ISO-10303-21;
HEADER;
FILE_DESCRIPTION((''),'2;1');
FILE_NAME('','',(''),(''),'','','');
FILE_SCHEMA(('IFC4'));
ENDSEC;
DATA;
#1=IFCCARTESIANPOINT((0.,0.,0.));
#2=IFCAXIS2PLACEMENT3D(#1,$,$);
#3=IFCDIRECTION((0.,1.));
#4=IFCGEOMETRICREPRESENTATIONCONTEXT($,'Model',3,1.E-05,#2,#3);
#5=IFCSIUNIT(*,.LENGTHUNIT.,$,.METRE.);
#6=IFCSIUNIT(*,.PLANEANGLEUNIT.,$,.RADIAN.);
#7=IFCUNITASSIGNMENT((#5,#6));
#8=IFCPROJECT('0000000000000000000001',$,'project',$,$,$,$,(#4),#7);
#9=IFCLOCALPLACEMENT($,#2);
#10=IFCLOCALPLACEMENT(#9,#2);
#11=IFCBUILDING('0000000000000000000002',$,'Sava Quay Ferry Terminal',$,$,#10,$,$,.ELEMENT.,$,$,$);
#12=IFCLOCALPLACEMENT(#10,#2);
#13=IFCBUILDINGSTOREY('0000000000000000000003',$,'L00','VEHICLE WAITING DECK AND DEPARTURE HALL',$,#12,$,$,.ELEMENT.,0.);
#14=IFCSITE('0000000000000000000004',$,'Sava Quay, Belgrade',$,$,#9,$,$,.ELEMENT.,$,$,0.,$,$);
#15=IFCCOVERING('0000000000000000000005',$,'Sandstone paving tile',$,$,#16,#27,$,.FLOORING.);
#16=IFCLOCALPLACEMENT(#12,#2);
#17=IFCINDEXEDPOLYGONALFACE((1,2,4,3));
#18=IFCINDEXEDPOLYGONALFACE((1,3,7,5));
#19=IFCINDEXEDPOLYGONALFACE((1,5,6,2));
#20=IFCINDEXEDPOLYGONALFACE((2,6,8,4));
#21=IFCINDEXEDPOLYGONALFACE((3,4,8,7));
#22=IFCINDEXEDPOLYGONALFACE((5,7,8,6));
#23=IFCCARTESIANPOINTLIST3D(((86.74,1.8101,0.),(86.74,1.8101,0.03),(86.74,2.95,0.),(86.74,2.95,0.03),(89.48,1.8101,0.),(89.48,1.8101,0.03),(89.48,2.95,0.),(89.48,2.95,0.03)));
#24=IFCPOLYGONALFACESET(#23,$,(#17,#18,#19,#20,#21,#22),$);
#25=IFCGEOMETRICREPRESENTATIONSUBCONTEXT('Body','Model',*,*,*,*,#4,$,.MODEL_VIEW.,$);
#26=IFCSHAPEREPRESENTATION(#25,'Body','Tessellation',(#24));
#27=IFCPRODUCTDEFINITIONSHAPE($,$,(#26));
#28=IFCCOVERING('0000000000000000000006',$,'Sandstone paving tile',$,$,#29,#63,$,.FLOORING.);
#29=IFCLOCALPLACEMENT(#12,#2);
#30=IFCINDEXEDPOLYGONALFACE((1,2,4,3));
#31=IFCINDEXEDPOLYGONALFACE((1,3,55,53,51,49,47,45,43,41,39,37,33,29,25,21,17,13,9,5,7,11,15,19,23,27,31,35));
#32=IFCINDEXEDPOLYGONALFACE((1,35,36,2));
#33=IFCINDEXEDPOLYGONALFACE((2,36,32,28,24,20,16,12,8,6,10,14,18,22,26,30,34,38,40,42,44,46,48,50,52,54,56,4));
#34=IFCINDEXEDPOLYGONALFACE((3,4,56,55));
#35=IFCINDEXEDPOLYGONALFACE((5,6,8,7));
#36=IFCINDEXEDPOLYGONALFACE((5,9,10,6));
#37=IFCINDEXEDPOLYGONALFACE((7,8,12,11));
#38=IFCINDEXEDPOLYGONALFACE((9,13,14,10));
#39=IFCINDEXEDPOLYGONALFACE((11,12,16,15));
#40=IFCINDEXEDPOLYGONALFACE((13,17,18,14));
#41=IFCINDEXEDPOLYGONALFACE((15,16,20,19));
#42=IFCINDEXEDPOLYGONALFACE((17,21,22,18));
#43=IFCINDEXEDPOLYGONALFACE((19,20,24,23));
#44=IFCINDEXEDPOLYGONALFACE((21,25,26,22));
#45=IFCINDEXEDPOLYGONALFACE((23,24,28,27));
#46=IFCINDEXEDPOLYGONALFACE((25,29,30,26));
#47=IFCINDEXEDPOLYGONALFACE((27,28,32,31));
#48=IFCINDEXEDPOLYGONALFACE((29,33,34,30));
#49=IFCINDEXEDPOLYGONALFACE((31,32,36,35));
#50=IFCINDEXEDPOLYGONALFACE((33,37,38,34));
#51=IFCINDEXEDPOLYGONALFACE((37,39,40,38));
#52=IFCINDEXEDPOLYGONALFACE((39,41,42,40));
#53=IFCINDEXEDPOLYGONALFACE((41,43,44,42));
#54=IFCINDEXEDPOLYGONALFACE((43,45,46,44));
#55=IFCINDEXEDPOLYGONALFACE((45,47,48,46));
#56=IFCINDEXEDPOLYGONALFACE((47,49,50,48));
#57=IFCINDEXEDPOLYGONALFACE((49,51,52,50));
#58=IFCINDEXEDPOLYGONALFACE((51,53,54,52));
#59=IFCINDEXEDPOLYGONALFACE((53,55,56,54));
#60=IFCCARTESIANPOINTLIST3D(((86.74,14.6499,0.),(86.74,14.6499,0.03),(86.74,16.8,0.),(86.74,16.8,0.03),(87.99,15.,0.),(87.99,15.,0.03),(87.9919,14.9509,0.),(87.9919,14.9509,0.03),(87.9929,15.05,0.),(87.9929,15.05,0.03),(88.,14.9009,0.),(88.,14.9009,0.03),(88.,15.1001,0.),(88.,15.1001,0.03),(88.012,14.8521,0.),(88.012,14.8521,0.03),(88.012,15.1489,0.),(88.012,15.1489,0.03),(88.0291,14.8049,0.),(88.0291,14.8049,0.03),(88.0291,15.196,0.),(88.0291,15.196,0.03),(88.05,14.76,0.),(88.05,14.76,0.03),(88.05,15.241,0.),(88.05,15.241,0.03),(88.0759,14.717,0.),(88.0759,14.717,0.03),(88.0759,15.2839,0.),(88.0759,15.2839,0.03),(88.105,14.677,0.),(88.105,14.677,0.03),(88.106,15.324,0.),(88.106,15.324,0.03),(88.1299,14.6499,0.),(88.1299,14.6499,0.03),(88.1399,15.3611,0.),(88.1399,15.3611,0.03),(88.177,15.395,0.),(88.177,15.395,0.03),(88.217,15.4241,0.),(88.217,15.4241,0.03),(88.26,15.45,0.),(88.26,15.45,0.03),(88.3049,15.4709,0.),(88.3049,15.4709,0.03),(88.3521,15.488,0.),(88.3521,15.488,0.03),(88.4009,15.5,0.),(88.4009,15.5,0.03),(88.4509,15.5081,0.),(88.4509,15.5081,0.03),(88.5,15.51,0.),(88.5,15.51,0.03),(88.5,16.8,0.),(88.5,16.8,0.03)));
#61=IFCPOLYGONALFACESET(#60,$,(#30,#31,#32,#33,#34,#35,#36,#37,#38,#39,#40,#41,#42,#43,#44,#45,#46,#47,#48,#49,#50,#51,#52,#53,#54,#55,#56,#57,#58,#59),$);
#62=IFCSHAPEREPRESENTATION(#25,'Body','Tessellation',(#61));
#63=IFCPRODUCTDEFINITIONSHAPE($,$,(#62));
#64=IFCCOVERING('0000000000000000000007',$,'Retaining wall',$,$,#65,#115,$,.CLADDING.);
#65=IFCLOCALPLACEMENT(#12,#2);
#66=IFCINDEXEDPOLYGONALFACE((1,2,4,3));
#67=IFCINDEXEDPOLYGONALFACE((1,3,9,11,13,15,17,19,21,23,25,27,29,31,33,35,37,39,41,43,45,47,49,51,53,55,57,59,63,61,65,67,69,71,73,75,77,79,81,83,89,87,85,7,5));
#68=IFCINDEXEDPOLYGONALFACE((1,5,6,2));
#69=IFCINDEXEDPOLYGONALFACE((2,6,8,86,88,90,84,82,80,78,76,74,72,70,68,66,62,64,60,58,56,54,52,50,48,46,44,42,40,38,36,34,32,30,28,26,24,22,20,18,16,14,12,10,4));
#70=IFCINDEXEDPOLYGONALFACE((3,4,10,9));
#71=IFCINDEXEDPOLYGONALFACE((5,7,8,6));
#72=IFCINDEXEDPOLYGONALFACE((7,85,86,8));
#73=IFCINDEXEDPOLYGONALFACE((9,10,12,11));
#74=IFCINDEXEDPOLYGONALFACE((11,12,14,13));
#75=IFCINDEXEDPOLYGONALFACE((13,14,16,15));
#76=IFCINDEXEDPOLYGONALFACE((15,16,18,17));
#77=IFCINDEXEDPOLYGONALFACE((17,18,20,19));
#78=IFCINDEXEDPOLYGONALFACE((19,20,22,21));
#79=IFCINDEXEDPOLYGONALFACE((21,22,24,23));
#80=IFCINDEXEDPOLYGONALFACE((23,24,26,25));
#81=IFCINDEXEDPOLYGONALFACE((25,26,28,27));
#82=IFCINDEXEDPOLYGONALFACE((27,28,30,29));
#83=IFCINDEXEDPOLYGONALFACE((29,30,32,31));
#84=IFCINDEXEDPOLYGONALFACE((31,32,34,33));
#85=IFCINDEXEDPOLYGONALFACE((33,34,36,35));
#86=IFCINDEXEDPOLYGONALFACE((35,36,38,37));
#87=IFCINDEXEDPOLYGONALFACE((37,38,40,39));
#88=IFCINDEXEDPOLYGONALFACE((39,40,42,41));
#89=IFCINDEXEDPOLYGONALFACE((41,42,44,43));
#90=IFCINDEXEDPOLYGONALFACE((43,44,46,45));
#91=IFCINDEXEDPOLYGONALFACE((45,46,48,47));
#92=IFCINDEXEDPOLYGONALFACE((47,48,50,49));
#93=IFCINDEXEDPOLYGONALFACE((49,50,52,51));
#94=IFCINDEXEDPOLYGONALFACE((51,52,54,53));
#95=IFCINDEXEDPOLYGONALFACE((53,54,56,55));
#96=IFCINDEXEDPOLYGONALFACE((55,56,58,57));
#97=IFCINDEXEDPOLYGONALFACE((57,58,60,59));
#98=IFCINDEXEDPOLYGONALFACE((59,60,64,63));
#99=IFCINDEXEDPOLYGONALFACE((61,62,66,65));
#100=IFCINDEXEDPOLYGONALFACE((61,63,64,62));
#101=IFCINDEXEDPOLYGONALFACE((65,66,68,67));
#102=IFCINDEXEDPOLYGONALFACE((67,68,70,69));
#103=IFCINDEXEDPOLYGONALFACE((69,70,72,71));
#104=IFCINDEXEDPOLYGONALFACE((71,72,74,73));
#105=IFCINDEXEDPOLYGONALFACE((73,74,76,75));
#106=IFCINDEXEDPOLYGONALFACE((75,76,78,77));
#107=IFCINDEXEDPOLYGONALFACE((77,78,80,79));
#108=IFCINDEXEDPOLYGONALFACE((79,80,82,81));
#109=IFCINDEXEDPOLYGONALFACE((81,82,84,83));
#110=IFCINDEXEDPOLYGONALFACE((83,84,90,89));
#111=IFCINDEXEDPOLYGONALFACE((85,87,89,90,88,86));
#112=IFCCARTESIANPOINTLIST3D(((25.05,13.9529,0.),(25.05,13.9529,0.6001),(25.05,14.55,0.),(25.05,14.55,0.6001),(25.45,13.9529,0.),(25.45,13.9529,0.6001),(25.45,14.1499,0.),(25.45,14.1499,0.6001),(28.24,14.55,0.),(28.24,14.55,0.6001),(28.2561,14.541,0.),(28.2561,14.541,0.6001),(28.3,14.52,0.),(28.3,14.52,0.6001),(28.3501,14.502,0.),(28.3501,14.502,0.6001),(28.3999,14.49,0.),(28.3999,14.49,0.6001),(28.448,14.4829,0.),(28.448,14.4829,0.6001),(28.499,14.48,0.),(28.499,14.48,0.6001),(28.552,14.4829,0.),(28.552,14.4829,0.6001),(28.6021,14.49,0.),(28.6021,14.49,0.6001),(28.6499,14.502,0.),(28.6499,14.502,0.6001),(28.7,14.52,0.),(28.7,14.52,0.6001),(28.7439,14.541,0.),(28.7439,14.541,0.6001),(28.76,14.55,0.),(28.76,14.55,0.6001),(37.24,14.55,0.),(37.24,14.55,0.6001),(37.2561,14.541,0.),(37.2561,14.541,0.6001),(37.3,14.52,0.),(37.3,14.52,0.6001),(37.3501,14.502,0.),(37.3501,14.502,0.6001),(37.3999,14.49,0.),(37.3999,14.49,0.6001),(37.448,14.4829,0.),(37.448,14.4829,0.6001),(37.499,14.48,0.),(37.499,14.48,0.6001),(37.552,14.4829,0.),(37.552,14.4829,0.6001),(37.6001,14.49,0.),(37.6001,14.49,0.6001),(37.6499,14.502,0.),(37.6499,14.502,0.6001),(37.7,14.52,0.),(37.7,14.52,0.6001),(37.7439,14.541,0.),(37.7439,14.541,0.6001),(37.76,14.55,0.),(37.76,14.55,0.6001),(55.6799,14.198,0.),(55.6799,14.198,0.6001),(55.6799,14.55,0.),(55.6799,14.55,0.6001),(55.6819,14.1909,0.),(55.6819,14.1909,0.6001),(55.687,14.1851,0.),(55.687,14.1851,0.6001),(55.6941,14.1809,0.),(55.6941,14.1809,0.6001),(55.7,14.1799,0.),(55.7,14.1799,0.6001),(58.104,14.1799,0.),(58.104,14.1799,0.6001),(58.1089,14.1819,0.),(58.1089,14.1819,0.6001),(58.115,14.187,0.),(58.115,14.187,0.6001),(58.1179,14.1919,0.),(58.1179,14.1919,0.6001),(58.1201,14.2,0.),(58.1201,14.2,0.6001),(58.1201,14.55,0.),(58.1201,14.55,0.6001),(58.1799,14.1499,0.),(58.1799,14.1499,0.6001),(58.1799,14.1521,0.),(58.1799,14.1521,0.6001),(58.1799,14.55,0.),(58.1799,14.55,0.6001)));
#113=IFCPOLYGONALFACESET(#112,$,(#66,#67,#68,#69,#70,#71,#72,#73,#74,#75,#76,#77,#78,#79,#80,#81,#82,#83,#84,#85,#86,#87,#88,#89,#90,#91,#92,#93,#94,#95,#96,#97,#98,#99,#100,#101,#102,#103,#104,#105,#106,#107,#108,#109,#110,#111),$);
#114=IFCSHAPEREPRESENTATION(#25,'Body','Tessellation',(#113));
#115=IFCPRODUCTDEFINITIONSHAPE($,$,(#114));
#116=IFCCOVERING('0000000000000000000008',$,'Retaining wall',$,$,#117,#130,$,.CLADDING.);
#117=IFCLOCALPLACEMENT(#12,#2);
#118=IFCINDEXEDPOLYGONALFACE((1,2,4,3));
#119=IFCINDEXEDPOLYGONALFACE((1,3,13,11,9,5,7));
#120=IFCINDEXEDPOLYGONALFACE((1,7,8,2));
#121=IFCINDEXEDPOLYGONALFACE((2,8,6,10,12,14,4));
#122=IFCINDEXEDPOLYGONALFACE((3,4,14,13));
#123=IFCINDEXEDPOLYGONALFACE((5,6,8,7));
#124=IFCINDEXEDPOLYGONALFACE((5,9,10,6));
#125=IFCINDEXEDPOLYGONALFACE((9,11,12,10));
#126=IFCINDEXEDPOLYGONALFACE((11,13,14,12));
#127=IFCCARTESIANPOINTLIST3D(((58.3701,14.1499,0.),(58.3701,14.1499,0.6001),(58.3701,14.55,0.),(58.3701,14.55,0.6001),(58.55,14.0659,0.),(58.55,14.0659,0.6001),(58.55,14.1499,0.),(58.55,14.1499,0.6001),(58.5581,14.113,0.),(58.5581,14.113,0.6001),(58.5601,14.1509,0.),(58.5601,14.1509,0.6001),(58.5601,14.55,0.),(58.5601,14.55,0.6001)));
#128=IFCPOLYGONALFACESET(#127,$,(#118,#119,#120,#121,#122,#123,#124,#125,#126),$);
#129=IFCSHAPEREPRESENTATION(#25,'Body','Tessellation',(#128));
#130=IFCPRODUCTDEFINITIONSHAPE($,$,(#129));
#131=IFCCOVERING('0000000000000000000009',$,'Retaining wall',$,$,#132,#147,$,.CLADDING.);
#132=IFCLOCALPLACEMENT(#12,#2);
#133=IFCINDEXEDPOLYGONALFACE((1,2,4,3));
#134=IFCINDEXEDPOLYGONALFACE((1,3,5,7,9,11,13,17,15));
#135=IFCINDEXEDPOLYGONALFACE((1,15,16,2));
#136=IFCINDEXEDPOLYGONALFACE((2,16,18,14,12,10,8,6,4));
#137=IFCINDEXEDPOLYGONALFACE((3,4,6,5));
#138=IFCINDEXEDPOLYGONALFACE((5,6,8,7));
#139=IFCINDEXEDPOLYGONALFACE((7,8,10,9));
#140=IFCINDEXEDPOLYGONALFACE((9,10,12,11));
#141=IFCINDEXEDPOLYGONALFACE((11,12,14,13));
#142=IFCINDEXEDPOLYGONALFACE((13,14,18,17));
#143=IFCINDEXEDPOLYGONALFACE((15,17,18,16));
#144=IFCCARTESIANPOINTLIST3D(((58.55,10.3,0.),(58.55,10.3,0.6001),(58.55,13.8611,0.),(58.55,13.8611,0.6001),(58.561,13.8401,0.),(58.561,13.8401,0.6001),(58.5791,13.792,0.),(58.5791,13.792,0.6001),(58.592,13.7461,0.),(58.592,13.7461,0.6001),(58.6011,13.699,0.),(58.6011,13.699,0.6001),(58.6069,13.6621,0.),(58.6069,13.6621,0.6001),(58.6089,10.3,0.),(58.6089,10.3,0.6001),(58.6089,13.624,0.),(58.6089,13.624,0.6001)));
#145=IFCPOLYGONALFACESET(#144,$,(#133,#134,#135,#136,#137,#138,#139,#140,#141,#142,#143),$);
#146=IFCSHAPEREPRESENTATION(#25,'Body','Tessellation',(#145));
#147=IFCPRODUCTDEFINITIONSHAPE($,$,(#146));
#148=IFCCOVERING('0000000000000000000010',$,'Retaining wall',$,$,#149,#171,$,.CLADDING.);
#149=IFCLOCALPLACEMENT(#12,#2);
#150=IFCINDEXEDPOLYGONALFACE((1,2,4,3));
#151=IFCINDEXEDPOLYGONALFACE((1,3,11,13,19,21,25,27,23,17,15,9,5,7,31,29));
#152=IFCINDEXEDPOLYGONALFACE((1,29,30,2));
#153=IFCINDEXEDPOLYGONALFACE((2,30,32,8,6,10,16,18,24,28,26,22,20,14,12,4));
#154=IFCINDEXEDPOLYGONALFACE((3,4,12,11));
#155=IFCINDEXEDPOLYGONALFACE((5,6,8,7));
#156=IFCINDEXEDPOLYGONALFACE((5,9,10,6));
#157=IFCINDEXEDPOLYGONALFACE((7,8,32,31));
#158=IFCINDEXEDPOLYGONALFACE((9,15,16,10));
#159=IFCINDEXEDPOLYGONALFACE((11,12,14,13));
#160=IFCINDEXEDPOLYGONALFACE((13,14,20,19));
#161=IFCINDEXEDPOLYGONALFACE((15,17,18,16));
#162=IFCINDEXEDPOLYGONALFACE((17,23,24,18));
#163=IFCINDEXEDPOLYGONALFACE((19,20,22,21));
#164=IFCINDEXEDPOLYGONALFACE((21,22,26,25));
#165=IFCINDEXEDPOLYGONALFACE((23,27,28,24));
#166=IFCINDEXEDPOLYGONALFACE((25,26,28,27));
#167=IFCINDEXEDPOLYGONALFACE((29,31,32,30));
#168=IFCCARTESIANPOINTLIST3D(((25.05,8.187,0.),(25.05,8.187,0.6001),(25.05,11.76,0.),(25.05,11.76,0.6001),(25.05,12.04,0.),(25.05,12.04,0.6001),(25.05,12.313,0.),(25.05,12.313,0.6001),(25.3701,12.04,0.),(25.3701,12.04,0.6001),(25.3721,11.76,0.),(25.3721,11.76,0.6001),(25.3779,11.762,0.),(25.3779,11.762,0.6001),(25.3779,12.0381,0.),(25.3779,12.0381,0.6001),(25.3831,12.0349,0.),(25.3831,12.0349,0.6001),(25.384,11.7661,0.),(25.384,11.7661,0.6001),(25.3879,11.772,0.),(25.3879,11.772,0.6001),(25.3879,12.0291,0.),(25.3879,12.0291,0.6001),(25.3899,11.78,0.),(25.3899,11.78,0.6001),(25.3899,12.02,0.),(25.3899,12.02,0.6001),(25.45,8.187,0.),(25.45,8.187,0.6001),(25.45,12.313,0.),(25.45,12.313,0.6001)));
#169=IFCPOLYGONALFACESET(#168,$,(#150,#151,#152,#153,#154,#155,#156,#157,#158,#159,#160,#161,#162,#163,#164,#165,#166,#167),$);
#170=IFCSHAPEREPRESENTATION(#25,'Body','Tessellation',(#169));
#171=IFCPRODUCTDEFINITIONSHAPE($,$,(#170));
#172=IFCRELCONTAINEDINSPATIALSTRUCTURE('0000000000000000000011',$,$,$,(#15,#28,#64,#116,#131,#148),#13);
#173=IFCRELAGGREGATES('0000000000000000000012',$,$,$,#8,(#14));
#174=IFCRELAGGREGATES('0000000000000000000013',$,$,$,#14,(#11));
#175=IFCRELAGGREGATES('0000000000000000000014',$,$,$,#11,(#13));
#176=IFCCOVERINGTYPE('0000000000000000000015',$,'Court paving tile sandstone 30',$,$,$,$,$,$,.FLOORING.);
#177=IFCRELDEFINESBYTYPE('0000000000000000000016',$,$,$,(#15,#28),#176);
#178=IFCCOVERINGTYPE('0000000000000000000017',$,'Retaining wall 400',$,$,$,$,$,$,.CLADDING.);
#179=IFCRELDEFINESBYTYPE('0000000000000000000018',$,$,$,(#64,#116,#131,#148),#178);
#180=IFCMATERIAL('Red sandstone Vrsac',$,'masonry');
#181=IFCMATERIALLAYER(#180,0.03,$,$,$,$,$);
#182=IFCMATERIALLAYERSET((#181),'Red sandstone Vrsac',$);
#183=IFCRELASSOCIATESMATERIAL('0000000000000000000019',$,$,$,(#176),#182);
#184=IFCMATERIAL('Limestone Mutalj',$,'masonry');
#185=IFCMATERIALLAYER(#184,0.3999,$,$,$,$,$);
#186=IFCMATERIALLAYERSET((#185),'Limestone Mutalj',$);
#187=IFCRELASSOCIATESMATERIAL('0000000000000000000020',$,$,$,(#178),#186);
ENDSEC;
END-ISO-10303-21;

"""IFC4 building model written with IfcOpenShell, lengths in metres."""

from ifc_helpers import new_model, si_unit, direction, origin, place, context, subcontext, project, spatial, polyline, outline, extrude, material, layer, layer_set, type_object, element, save


model = new_model("IFC4")

# Units and contexts
model_context = context("Model", 3, precision=1e-05, world=origin(), true_north=direction((0.0, 1.0)))
body_context = subcontext(model_context, "Body", "Model", "MODEL_VIEW")
ifc_project = project(units=[si_unit("LENGTHUNIT", "METRE"), si_unit("PLANEANGLEUNIT", "RADIAN")], contexts=[model_context])

# Site, building, storey
site_placement = place(None, origin())
site = spatial("IfcSite", under=ifc_project, at=site_placement, Name="Sava Quay, Belgrade", CompositionType="ELEMENT", RefElevation=0.0)
building_placement = place(site_placement, origin())
building = spatial("IfcBuilding", under=site, at=building_placement, Name="Sava Quay Ferry Terminal", CompositionType="ELEMENT")
storey_placement = place(building_placement, origin())
storey = spatial("IfcBuildingStorey", under=building, at=storey_placement, Name="L00", Description="VEHICLE WAITING DECK AND DEPARTURE HALL", CompositionType="ELEMENT", Elevation=0.0)

# Coverings
ifc_material_1 = material(Name="Red sandstone Vrsac", Category="masonry")
ifc_layer_1 = layer(ifc_material_1, 0.03)
ifc_layer_set_1 = layer_set([ifc_layer_1], Name="Red sandstone Vrsac")
covering_type_1 = type_object("IfcCoveringType", Name="Court paving tile sandstone 30", PredefinedType="FLOORING", material=ifc_layer_set_1)
covering_1_placement = place(storey_placement, origin())
element("IfcCovering", 1, at=covering_1_placement, inside=storey, type_object=covering_type_1, Name="Sandstone paving tile", PredefinedType="FLOORING", context=body_context, shape_type="SweptSolid", body=[
    extrude(outline(polyline([(86.74, 1.8101), (89.48, 1.8101), (89.48, 2.95), (86.74, 2.95), (86.74, 1.8101)])), origin(), (0.0, 0.0, 1.0), 0.03),
])
covering_2_placement = place(storey_placement, origin())
element("IfcCovering", 2, at=covering_2_placement, inside=storey, type_object=covering_type_1, Name="Sandstone paving tile", PredefinedType="FLOORING", context=body_context, shape_type="SweptSolid", body=[
    extrude(outline(polyline([(88.5, 15.51), (88.5, 16.8), (86.74, 16.8), (86.74, 14.6499), (88.1299, 14.6499), (88.105, 14.677), (88.0759, 14.717), (88.05, 14.76), (88.0291, 14.8049), (88.012, 14.8521), (88.0, 14.9009), (87.9919, 14.9509), (87.99, 15.0), (87.9929, 15.05), (88.0, 15.1001), (88.012, 15.1489), (88.0291, 15.196), (88.05, 15.241), (88.0759, 15.2839), (88.106, 15.324), (88.1399, 15.3611), (88.177, 15.395), (88.217, 15.4241), (88.26, 15.45), (88.3049, 15.4709), (88.3521, 15.488), (88.4009, 15.5), (88.4509, 15.5081), (88.5, 15.51)])), origin(), (0.0, 0.0, 1.0), 0.03),
])
ifc_material_2 = material(Name="Limestone Mutalj", Category="masonry")
ifc_layer_2 = layer(ifc_material_2, 0.3999)
ifc_layer_set_2 = layer_set([ifc_layer_2], Name="Limestone Mutalj")
covering_type_2 = type_object("IfcCoveringType", Name="Retaining wall 400", PredefinedType="CLADDING", material=ifc_layer_set_2)
covering_3_placement = place(storey_placement, origin())
element("IfcCovering", 3, at=covering_3_placement, inside=storey, type_object=covering_type_2, Name="Retaining wall", PredefinedType="CLADDING", context=body_context, shape_type="SweptSolid", body=[
    extrude(outline(polyline([(28.24, 14.55), (25.05, 14.55), (25.05, 13.9529), (25.45, 13.9529), (25.45, 14.1499), (58.1799, 14.1499), (58.1799, 14.1521), (58.1799, 14.55), (58.1201, 14.55), (58.1201, 14.2), (58.1179, 14.1919), (58.115, 14.187), (58.1089, 14.1819), (58.104, 14.1799), (55.7, 14.1799), (55.6941, 14.1809), (55.687, 14.1851), (55.6819, 14.1909), (55.6799, 14.198), (55.6799, 14.55), (37.76, 14.55), (37.7439, 14.541), (37.7, 14.52), (37.6499, 14.502), (37.6001, 14.49), (37.552, 14.4829), (37.499, 14.48), (37.448, 14.4829), (37.3999, 14.49), (37.3501, 14.502), (37.3, 14.52), (37.2561, 14.541), (37.24, 14.55), (28.76, 14.55), (28.7439, 14.541), (28.7, 14.52), (28.6499, 14.502), (28.6021, 14.49), (28.552, 14.4829), (28.499, 14.48), (28.448, 14.4829), (28.3999, 14.49), (28.3501, 14.502), (28.3, 14.52), (28.2561, 14.541), (28.24, 14.55)])), origin(), (0.0, 0.0, 1.0), 0.6001),
])
covering_4_placement = place(storey_placement, origin())
element("IfcCovering", 4, at=covering_4_placement, inside=storey, type_object=covering_type_2, Name="Retaining wall", PredefinedType="CLADDING", context=body_context, shape_type="SweptSolid", body=[
    extrude(outline(polyline([(58.5601, 14.55), (58.3701, 14.55), (58.3701, 14.1499), (58.55, 14.1499), (58.55, 14.0659), (58.5581, 14.113), (58.5601, 14.1509), (58.5601, 14.55)])), origin(), (0.0, 0.0, 1.0), 0.6001),
])
covering_5_placement = place(storey_placement, origin())
element("IfcCovering", 5, at=covering_5_placement, inside=storey, type_object=covering_type_2, Name="Retaining wall", PredefinedType="CLADDING", context=body_context, shape_type="SweptSolid", body=[
    extrude(outline(polyline([(58.55, 10.3), (58.6089, 10.3), (58.6089, 13.624), (58.6069, 13.6621), (58.6011, 13.699), (58.592, 13.7461), (58.5791, 13.792), (58.561, 13.8401), (58.55, 13.8611), (58.55, 10.3)])), origin(), (0.0, 0.0, 1.0), 0.6001),
])
covering_6_placement = place(storey_placement, origin())
element("IfcCovering", 6, at=covering_6_placement, inside=storey, type_object=covering_type_2, Name="Retaining wall", PredefinedType="CLADDING", context=body_context, shape_type="SweptSolid", body=[
    extrude(outline(polyline([(25.45, 8.187), (25.45, 12.313), (25.05, 12.313), (25.05, 12.04), (25.3701, 12.04), (25.3779, 12.0381), (25.3831, 12.0349), (25.3879, 12.0291), (25.3899, 12.02), (25.3899, 11.78), (25.3879, 11.772), (25.384, 11.7661), (25.3779, 11.762), (25.3721, 11.76), (25.05, 11.76), (25.05, 8.187), (25.45, 8.187)])), origin(), (0.0, 0.0, 1.0), 0.6001),
])

save(model, "model.ifc")
